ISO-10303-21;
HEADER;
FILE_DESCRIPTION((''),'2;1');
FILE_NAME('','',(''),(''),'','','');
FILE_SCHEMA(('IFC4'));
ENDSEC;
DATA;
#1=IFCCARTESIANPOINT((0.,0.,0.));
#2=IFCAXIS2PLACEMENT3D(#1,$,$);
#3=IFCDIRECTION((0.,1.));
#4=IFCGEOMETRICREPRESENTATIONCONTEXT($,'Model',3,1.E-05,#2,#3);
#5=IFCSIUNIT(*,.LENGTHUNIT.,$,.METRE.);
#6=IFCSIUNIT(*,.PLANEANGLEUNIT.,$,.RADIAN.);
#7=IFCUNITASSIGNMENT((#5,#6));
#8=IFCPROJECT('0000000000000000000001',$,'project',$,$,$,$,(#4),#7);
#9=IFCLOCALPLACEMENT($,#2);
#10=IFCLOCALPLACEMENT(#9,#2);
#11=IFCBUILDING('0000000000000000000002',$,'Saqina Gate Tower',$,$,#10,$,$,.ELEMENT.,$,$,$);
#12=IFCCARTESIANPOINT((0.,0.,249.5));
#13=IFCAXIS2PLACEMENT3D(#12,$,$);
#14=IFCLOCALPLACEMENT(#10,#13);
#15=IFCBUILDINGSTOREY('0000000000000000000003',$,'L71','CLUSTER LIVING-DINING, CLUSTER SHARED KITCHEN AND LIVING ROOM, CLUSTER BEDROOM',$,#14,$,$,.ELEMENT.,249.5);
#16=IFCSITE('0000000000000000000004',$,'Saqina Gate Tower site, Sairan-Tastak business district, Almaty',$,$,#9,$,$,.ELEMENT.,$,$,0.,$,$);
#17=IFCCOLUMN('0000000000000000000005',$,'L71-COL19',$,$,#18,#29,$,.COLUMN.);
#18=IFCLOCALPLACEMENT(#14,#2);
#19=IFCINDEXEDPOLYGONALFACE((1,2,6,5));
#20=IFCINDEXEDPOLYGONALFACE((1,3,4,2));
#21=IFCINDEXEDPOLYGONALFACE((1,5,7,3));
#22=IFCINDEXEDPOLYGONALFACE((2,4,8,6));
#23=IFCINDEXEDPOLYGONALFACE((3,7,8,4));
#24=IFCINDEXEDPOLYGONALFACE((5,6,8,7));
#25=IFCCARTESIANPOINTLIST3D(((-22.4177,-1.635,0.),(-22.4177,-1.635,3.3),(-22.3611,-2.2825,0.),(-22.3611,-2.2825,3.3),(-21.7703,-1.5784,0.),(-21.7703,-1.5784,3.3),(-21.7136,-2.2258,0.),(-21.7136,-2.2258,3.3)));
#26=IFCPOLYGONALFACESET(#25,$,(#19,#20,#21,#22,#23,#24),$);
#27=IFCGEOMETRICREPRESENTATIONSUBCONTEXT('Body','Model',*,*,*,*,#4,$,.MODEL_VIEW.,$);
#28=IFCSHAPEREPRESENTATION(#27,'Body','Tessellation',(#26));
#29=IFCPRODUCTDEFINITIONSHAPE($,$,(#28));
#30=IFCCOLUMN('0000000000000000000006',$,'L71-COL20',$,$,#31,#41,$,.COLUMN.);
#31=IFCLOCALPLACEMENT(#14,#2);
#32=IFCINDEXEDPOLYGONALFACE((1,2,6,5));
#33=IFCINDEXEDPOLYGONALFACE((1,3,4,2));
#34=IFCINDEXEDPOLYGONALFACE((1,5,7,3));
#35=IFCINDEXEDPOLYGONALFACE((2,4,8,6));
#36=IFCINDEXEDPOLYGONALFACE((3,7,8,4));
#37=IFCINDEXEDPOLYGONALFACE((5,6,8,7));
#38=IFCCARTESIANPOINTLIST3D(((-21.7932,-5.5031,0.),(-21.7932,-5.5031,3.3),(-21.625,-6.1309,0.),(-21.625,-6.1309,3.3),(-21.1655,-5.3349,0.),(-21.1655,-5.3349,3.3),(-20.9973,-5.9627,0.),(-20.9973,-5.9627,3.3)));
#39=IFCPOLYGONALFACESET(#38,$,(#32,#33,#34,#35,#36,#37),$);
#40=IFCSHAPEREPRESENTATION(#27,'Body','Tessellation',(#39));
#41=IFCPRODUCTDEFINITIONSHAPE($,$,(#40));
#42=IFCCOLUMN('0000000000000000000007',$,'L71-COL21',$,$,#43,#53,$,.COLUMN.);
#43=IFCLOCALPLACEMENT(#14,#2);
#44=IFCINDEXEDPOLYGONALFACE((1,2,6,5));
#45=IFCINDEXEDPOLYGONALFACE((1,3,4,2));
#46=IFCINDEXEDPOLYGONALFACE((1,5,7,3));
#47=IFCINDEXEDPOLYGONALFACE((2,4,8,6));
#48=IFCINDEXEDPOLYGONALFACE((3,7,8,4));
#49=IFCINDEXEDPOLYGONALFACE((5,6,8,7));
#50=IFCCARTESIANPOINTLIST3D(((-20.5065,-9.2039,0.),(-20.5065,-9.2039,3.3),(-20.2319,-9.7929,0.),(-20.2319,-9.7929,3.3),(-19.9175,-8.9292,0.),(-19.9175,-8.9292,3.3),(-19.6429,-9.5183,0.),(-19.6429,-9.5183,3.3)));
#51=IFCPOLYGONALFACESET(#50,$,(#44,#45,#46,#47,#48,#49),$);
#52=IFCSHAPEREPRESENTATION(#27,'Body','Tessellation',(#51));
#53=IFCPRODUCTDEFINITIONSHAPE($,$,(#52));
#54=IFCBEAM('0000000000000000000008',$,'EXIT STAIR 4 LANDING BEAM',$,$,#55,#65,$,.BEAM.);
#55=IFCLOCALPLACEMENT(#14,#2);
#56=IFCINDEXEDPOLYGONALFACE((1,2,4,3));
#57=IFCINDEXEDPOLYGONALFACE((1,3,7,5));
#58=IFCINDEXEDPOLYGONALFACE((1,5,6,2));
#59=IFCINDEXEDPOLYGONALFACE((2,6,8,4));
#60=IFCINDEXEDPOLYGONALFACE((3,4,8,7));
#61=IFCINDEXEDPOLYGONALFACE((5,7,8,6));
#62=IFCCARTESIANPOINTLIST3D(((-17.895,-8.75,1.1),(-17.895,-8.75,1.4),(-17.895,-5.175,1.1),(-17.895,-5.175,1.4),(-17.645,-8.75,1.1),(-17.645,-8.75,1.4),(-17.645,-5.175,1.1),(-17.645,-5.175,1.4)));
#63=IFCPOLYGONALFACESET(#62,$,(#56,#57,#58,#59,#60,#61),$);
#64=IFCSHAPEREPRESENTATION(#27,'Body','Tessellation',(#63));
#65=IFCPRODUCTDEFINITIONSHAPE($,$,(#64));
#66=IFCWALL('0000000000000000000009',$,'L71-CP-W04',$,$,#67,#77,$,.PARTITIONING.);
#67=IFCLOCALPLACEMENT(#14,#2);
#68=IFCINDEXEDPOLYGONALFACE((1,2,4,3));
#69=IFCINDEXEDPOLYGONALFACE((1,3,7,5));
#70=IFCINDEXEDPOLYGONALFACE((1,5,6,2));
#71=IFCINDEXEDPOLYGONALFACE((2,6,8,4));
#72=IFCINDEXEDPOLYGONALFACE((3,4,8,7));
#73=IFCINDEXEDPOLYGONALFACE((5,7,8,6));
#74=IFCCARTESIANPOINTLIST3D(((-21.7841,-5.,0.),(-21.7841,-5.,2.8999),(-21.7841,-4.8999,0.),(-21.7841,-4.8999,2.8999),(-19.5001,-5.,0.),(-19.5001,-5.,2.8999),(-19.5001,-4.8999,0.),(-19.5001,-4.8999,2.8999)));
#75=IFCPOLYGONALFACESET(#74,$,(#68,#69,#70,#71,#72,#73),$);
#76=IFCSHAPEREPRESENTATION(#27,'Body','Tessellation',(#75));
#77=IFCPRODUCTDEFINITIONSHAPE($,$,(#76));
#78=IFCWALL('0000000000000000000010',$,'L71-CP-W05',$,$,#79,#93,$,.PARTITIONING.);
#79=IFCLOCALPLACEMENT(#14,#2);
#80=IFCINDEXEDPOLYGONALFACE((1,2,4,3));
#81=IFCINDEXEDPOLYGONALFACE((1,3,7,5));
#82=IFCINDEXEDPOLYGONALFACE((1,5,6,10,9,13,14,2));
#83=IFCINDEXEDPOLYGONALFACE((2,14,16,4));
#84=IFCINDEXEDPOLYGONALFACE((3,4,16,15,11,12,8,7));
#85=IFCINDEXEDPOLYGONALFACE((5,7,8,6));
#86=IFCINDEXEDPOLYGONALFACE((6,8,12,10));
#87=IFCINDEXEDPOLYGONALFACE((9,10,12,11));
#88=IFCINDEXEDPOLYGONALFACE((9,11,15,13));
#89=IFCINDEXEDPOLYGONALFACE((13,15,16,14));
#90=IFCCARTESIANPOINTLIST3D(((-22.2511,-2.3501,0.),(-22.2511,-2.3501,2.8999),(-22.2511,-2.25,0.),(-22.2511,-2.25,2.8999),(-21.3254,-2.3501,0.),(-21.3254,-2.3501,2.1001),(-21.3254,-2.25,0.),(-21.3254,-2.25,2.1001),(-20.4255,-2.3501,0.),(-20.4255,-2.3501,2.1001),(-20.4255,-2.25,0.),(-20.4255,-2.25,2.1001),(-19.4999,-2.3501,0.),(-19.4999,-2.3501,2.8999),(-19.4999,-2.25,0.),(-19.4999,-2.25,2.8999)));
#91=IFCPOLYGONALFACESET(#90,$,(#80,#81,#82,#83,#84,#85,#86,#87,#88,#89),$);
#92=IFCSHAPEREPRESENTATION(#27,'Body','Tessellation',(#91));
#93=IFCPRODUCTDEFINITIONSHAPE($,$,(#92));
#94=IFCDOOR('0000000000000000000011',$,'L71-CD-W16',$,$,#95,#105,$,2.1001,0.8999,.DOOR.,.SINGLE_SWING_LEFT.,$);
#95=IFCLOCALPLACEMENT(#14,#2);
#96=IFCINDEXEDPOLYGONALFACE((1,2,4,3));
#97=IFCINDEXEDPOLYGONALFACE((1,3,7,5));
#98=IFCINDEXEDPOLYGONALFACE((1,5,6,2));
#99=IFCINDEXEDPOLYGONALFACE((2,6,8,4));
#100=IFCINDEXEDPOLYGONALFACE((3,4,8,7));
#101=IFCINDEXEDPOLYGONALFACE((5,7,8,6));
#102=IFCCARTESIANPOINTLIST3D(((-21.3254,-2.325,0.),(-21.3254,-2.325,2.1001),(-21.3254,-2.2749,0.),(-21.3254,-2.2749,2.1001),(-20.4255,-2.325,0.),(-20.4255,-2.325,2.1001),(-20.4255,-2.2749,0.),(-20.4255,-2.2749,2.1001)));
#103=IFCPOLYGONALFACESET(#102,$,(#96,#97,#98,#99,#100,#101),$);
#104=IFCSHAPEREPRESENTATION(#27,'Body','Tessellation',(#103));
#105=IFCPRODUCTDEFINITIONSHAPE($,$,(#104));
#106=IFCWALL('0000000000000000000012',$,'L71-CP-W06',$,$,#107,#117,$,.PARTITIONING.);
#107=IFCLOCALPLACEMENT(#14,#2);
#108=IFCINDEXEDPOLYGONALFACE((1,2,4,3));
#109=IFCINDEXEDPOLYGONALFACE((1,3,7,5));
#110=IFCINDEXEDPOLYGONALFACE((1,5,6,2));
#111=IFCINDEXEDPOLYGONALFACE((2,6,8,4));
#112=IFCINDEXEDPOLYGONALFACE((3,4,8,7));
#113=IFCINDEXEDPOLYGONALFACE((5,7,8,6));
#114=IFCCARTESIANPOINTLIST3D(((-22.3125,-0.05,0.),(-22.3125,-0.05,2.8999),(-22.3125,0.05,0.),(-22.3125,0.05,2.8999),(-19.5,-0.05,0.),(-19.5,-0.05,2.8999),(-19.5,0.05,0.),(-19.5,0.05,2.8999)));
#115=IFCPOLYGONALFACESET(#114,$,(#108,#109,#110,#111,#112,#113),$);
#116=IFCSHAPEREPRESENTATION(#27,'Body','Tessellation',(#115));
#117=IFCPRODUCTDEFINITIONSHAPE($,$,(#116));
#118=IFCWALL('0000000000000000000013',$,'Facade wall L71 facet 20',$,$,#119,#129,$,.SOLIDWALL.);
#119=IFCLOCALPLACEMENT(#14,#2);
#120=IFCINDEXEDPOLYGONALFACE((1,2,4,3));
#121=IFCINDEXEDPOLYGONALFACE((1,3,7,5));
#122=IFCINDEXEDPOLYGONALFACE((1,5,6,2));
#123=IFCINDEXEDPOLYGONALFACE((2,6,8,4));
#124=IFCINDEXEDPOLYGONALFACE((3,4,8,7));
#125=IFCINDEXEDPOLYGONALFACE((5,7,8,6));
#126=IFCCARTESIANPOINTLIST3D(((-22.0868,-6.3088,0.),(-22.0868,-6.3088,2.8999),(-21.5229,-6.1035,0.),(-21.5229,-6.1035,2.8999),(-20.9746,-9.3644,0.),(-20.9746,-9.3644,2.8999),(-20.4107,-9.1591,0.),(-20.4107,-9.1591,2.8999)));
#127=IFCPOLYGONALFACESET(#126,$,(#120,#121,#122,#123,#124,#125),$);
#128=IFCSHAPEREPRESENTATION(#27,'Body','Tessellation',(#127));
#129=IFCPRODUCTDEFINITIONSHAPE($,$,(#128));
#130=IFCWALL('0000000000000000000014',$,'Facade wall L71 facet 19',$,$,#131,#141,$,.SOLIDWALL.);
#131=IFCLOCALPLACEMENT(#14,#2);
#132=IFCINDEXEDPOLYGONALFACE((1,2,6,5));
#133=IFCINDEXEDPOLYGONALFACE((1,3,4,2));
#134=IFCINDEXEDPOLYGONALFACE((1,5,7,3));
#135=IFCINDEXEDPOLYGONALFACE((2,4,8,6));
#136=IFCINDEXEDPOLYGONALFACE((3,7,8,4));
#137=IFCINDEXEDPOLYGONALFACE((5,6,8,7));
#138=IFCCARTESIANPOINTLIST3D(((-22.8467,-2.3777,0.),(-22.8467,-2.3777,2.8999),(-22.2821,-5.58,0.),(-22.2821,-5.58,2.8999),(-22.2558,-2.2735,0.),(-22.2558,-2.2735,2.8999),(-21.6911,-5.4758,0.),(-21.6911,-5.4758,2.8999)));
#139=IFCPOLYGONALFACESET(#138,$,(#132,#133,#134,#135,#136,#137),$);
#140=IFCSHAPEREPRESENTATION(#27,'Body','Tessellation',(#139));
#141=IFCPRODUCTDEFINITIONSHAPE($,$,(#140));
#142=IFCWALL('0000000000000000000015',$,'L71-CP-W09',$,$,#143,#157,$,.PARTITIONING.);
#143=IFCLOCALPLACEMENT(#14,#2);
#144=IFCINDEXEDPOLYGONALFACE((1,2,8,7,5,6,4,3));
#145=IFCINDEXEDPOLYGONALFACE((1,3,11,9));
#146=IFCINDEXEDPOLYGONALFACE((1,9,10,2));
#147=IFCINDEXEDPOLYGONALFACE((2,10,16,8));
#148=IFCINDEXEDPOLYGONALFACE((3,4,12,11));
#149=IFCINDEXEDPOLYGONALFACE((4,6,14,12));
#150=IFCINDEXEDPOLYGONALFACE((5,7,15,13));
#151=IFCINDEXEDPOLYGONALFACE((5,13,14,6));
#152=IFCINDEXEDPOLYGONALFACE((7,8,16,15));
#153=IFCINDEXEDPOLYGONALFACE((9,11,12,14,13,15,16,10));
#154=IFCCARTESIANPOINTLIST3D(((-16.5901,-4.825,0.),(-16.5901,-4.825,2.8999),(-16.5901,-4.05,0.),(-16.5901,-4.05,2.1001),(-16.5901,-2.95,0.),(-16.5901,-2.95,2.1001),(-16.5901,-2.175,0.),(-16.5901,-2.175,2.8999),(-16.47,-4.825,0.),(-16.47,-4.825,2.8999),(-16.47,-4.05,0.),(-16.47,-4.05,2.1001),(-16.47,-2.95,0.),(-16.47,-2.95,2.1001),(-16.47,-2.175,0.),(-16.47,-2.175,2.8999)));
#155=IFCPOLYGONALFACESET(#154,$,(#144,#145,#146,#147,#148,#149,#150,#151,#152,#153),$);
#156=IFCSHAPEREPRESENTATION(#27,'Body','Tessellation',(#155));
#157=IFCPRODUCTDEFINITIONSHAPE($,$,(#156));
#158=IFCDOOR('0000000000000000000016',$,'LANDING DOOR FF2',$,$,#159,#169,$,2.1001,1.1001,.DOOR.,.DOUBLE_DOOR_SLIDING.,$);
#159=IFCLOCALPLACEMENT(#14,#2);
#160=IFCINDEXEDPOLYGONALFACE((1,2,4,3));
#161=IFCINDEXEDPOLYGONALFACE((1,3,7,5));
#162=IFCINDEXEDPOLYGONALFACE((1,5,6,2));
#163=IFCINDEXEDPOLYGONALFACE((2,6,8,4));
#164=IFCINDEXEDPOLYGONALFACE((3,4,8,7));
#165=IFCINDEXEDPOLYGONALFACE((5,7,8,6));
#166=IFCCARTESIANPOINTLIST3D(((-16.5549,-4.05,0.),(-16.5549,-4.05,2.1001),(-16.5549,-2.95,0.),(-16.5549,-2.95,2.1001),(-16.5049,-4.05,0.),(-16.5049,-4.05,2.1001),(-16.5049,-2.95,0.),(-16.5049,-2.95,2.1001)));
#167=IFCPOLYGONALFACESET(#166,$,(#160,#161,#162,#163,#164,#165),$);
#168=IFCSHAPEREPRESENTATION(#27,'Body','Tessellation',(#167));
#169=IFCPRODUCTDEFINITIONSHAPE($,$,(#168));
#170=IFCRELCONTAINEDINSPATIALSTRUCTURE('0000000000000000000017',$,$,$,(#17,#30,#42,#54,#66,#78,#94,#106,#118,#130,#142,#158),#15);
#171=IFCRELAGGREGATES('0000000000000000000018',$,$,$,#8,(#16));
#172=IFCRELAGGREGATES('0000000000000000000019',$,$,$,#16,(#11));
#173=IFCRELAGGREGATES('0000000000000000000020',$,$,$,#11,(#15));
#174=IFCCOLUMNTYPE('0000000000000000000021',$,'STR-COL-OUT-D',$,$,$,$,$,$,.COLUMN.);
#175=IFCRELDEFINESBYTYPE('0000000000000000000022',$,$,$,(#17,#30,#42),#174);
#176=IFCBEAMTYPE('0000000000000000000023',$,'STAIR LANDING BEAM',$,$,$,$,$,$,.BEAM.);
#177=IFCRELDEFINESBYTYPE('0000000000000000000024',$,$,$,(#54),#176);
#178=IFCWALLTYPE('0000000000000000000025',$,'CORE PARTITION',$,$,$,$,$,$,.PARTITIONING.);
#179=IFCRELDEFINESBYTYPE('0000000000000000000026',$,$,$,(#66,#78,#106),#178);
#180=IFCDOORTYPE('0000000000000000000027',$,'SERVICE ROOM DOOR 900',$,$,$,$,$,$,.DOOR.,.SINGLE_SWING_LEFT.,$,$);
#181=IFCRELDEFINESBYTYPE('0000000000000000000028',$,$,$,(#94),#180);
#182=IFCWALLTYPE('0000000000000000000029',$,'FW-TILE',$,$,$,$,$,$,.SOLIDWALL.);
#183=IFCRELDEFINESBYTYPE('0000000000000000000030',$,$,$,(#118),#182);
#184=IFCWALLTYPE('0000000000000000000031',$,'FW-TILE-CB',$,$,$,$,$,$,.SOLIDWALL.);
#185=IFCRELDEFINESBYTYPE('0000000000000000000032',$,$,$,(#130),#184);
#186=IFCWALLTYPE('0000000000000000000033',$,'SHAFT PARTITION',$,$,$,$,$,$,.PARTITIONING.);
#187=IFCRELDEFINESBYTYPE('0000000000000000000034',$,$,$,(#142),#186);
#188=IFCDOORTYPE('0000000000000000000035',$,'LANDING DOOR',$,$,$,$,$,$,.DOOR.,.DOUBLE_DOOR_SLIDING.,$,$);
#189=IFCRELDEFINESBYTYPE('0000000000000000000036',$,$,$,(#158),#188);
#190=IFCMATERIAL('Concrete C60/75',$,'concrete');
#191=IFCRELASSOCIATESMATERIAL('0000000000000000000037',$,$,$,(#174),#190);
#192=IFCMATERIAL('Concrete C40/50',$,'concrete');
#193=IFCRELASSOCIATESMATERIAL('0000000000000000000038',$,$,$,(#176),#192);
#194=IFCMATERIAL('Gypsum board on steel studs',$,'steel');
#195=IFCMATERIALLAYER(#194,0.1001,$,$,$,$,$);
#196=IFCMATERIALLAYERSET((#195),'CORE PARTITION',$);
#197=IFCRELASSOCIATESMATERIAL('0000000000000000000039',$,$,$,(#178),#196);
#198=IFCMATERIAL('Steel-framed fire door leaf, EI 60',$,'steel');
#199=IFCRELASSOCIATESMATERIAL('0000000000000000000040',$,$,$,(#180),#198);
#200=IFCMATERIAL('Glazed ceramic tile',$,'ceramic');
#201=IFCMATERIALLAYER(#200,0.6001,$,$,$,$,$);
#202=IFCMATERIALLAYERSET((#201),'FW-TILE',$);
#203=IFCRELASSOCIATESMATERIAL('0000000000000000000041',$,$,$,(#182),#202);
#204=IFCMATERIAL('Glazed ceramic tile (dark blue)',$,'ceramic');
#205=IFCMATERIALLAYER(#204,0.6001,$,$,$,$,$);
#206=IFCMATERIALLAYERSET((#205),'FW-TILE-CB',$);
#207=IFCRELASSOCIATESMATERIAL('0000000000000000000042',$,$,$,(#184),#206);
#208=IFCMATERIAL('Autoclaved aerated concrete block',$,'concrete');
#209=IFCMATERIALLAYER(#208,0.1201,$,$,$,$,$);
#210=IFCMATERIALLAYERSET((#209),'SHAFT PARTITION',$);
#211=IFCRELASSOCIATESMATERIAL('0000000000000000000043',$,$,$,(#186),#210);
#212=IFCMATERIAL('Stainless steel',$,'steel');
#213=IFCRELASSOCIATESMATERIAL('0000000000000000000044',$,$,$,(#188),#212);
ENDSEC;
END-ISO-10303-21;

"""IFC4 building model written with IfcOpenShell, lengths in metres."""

from ifc_helpers import new_model, si_unit, direction, frame, frame_2d, origin, origin_2d, place, context, subcontext, project, spatial, rectangle, extrude, material, layer, layer_set, material_profile, profile_set, type_object, element, fill, save


model = new_model("IFC4")

# Units and contexts
model_context = context("Model", 3, precision=1e-05, world=origin(), true_north=direction((0.0, 1.0)))
body_context = subcontext(model_context, "Body", "Model", "MODEL_VIEW")
ifc_project = project(units=[si_unit("LENGTHUNIT", "METRE"), si_unit("PLANEANGLEUNIT", "RADIAN")], contexts=[model_context])

# Site, building, storey
site_placement = place(None, origin())
site = spatial("IfcSite", under=ifc_project, at=site_placement, Name="Saqina Gate Tower site, Sairan-Tastak business district, Almaty", CompositionType="ELEMENT", RefElevation=0.0)
building_placement = place(site_placement, origin())
building = spatial("IfcBuilding", under=site, at=building_placement, Name="Saqina Gate Tower", CompositionType="ELEMENT")
storey_placement = place(building_placement, frame((0.0, 0.0, 249.5)))
storey = spatial("IfcBuildingStorey", under=building, at=storey_placement, Name="L71", Description="CLUSTER LIVING-DINING, CLUSTER SHARED KITCHEN AND LIVING ROOM, CLUSTER BEDROOM", CompositionType="ELEMENT", Elevation=249.5)

# Columns
ifc_material_1 = material(Name="Concrete C60/75", Category="concrete")
ifc_material_profile_1 = material_profile(ifc_material_1, rectangle(XDim=0.6499, YDim=0.6499, at=origin_2d()), Name="RC 650x650")
ifc_profile_set_1 = profile_set([ifc_material_profile_1], Name="Concrete C60/75")
column_type = type_object("IfcColumnType", Name="STR-COL-OUT-D", PredefinedType="COLUMN", material=ifc_profile_set_1)
for number, where, z_axis, x_axis, name in (
    (1, (-22.0657, -1.9304, 0.0), (0.0, 0.0, 1.0), (-0.996195, -0.087156, 0.0), "L71-COL19"),
    (2, (-21.3953, -5.7329, 0.0), (0.0, 0.0, 1.0), (-0.965926, -0.258819, 0.0), "L71-COL20"),
    (3, (-20.0747, -9.3611, 0.0), (0.0, 0.0, 1.0), (-0.906308, -0.422618, 0.0), "L71-COL21"),
):
    element("IfcColumn", number, at=place(storey_placement, frame(where, z_axis=z_axis, x_axis=x_axis)), inside=storey, type_object=column_type, Name=name, PredefinedType="COLUMN", context=body_context, shape_type="SweptSolid", body=[
        extrude(rectangle(XDim=0.6499, YDim=0.6499, at=origin_2d()), origin(), (0.0, 0.0, 1.0), 3.3),
    ])

# Beam
ifc_material_2 = material(Name="Concrete C40/50", Category="concrete")
ifc_material_profile_2 = material_profile(ifc_material_2, rectangle(XDim=0.25, YDim=0.3, at=origin_2d()), Name="STAIR LANDING BEAM")
ifc_profile_set_2 = profile_set([ifc_material_profile_2], Name="Concrete C40/50")
beam_type = type_object("IfcBeamType", Name="STAIR LANDING BEAM", PredefinedType="BEAM", material=ifc_profile_set_2)
beam_placement = place(storey_placement, frame((-17.77, -8.75, 1.25), z_axis=(0.0, 1.0, 0.0), x_axis=(-1.0, 0.0, 0.0)))
element("IfcBeam", 4, at=beam_placement, inside=storey, type_object=beam_type, Name="EXIT STAIR 4 LANDING BEAM", PredefinedType="BEAM", context=body_context, shape_type="SweptSolid", body=[
    extrude(rectangle(XDim=0.25, YDim=0.3, at=origin_2d()), origin(), (0.0, 0.0, 1.0), 3.575),
])

# Wall
ifc_material_3 = material(Name="Gypsum board on steel studs", Category="steel")
ifc_layer_1 = layer(ifc_material_3, 0.1001)
ifc_layer_set_1 = layer_set([ifc_layer_1], Name="CORE PARTITION")
wall_type_1 = type_object("IfcWallType", Name="CORE PARTITION", PredefinedType="PARTITIONING", material=ifc_layer_set_1)
wall_1_placement = place(storey_placement, frame((-19.5, -4.95, 0.0), z_axis=(0.0, 0.0, 1.0), x_axis=(-1.0, 0.0, 0.0)))
element("IfcWall", 5, at=wall_1_placement, inside=storey, type_object=wall_type_1, Name="L71-CP-W04", PredefinedType="PARTITIONING", context=body_context, shape_type="SweptSolid", body=[
    extrude(rectangle(XDim=2.2839, YDim=0.1001, at=frame_2d((1.1421, 0.0))), origin(), (0.0, 0.0, 1.0), 2.8999),
])

# Wall, opening, door
wall_2_placement = place(storey_placement, frame((-19.5, -2.3, 0.0), z_axis=(0.0, 0.0, 1.0), x_axis=(-1.0, 0.0, 0.0)))
wall_2 = element("IfcWall", 6, at=wall_2_placement, inside=storey, type_object=wall_type_1, Name="L71-CP-W05", PredefinedType="PARTITIONING", context=body_context, shape_type="SweptSolid", body=[
    extrude(rectangle(XDim=2.7512, YDim=0.1001, at=frame_2d((1.3755, 0.0))), origin(), (0.0, 0.0, 1.0), 2.8999),
])
opening_1_placement = place(wall_2_placement, frame((0.9255, 0.0, 0.0)))
opening_1 = element("IfcOpeningElement", 7, at=opening_1_placement, cuts=wall_2, PredefinedType="OPENING", context=body_context, shape_type="SweptSolid", body=[
    extrude(rectangle(XDim=0.8999, YDim=2.1001, at=frame_2d((0.45, 1.05))), frame((0.0, 0.062, 0.0), z_axis=(0.0, -1.0, 0.0), x_axis=(1.0, 0.0, 0.0)), (0.0, 0.0, 1.0), 0.124),
])
ifc_material_4 = material(Name="Steel-framed fire door leaf, EI 60", Category="steel")
door_type_1 = type_object("IfcDoorType", Name="SERVICE ROOM DOOR 900", OperationType="SINGLE_SWING_LEFT", PredefinedType="DOOR", material=ifc_material_4)
door_1_placement = place(opening_1_placement, origin())
door_1 = element("IfcDoor", 8, at=door_1_placement, inside=storey, type_object=door_type_1, Name="L71-CD-W16", OperationType="SINGLE_SWING_LEFT", OverallHeight=2.1001, OverallWidth=0.8999, PredefinedType="DOOR", context=body_context, shape_type="SweptSolid", body=[
    extrude(rectangle(XDim=0.8999, YDim=2.1001, at=frame_2d((0.45, 1.05))), frame((0.0, 0.0249, 0.0), z_axis=(0.0, -1.0, 0.0), x_axis=(1.0, 0.0, 0.0)), (0.0, 0.0, 1.0), 0.05),
])
fill(opening_1, door_1)

# Wall
wall_3_placement = place(storey_placement, frame((-19.5, 0.0, 0.0), z_axis=(0.0, 0.0, 1.0), x_axis=(-1.0, 0.0, 0.0)))
element("IfcWall", 9, at=wall_3_placement, inside=storey, type_object=wall_type_1, Name="L71-CP-W06", PredefinedType="PARTITIONING", context=body_context, shape_type="SweptSolid", body=[
    extrude(rectangle(XDim=2.8125, YDim=0.1001, at=frame_2d((1.4062, 0.0))), origin(), (0.0, 0.0, 1.0), 2.8999),
])

# Walls
ifc_material_5 = material(Name="Glazed ceramic tile", Category="ceramic")
ifc_layer_2 = layer(ifc_material_5, 0.6001)
ifc_layer_set_2 = layer_set([ifc_layer_2], Name="FW-TILE")
wall_type_2 = type_object("IfcWallType", Name="FW-TILE", PredefinedType="SOLIDWALL", material=ifc_layer_set_2)
wall_4_placement = place(storey_placement, frame((-21.8049, -6.2061, 0.0), z_axis=(0.0, 0.0, 1.0), x_axis=(0.342057, -0.939679, 0.0)))
element("IfcWall", 10, at=wall_4_placement, inside=storey, type_object=wall_type_2, Name="Facade wall L71 facet 20", PredefinedType="SOLIDWALL", context=body_context, shape_type="SweptSolid", body=[
    extrude(rectangle(XDim=3.2517, YDim=0.6001, at=frame_2d((1.626, 0.0))), origin(), (0.0, 0.0, 1.0), 2.8999),
])
ifc_material_6 = material(Name="Glazed ceramic tile (dark blue)", Category="ceramic")
ifc_layer_3 = layer(ifc_material_6, 0.6001)
ifc_layer_set_3 = layer_set([ifc_layer_3], Name="FW-TILE-CB")
wall_type_3 = type_object("IfcWallType", Name="FW-TILE-CB", PredefinedType="SOLIDWALL", material=ifc_layer_set_3)
wall_5_placement = place(storey_placement, frame((-22.5513, -2.3254, 0.0), z_axis=(0.0, 0.0, 1.0), x_axis=(0.173657, -0.984806, 0.0)))
element("IfcWall", 11, at=wall_5_placement, inside=storey, type_object=wall_type_3, Name="Facade wall L71 facet 19", PredefinedType="SOLIDWALL", context=body_context, shape_type="SweptSolid", body=[
    extrude(rectangle(XDim=3.2517, YDim=0.6001, at=frame_2d((1.626, 0.0))), origin(), (0.0, 0.0, 1.0), 2.8999),
])

# Wall, opening, door
ifc_material_7 = material(Name="Autoclaved aerated concrete block", Category="concrete")
ifc_layer_4 = layer(ifc_material_7, 0.1201)
ifc_layer_set_4 = layer_set([ifc_layer_4], Name="SHAFT PARTITION")
wall_type_4 = type_object("IfcWallType", Name="SHAFT PARTITION", PredefinedType="PARTITIONING", material=ifc_layer_set_4)
wall_6_placement = place(storey_placement, frame((-16.53, -4.825, 0.0), z_axis=(0.0, 0.0, 1.0), x_axis=(0.0, 1.0, 0.0)))
wall_6 = element("IfcWall", 12, at=wall_6_placement, inside=storey, type_object=wall_type_4, Name="L71-CP-W09", PredefinedType="PARTITIONING", context=body_context, shape_type="SweptSolid", body=[
    extrude(rectangle(XDim=2.6499, YDim=0.1201, at=frame_2d((1.325, 0.0))), origin(), (0.0, 0.0, 1.0), 2.8999),
])
opening_2_placement = place(wall_6_placement, frame((0.7749, 0.0, 0.0)))
opening_2 = element("IfcOpeningElement", 13, at=opening_2_placement, cuts=wall_6, PredefinedType="OPENING", context=body_context, shape_type="SweptSolid", body=[
    extrude(rectangle(XDim=1.1001, YDim=2.1001, at=frame_2d((0.55, 1.05))), frame((0.0, 0.072, 0.0), z_axis=(0.0, -1.0, 0.0), x_axis=(1.0, 0.0, 0.0)), (0.0, 0.0, 1.0), 0.144),
])
ifc_material_8 = material(Name="Stainless steel", Category="steel")
door_type_2 = type_object("IfcDoorType", Name="LANDING DOOR", OperationType="DOUBLE_DOOR_SLIDING", PredefinedType="DOOR", material=ifc_material_8)
door_2_placement = place(opening_2_placement, origin())
door_2 = element("IfcDoor", 14, at=door_2_placement, inside=storey, type_object=door_type_2, Name="LANDING DOOR FF2", OperationType="DOUBLE_DOOR_SLIDING", OverallHeight=2.1001, OverallWidth=1.1001, PredefinedType="DOOR", context=body_context, shape_type="SweptSolid", body=[
    extrude(rectangle(XDim=1.1001, YDim=2.1001, at=frame_2d((0.55, 1.05))), frame((0.0, 0.0249, 0.0), z_axis=(0.0, -1.0, 0.0), x_axis=(1.0, 0.0, 0.0)), (0.0, 0.0, 1.0), 0.05),
])
fill(opening_2, door_2)

save(model, "model.ifc")
